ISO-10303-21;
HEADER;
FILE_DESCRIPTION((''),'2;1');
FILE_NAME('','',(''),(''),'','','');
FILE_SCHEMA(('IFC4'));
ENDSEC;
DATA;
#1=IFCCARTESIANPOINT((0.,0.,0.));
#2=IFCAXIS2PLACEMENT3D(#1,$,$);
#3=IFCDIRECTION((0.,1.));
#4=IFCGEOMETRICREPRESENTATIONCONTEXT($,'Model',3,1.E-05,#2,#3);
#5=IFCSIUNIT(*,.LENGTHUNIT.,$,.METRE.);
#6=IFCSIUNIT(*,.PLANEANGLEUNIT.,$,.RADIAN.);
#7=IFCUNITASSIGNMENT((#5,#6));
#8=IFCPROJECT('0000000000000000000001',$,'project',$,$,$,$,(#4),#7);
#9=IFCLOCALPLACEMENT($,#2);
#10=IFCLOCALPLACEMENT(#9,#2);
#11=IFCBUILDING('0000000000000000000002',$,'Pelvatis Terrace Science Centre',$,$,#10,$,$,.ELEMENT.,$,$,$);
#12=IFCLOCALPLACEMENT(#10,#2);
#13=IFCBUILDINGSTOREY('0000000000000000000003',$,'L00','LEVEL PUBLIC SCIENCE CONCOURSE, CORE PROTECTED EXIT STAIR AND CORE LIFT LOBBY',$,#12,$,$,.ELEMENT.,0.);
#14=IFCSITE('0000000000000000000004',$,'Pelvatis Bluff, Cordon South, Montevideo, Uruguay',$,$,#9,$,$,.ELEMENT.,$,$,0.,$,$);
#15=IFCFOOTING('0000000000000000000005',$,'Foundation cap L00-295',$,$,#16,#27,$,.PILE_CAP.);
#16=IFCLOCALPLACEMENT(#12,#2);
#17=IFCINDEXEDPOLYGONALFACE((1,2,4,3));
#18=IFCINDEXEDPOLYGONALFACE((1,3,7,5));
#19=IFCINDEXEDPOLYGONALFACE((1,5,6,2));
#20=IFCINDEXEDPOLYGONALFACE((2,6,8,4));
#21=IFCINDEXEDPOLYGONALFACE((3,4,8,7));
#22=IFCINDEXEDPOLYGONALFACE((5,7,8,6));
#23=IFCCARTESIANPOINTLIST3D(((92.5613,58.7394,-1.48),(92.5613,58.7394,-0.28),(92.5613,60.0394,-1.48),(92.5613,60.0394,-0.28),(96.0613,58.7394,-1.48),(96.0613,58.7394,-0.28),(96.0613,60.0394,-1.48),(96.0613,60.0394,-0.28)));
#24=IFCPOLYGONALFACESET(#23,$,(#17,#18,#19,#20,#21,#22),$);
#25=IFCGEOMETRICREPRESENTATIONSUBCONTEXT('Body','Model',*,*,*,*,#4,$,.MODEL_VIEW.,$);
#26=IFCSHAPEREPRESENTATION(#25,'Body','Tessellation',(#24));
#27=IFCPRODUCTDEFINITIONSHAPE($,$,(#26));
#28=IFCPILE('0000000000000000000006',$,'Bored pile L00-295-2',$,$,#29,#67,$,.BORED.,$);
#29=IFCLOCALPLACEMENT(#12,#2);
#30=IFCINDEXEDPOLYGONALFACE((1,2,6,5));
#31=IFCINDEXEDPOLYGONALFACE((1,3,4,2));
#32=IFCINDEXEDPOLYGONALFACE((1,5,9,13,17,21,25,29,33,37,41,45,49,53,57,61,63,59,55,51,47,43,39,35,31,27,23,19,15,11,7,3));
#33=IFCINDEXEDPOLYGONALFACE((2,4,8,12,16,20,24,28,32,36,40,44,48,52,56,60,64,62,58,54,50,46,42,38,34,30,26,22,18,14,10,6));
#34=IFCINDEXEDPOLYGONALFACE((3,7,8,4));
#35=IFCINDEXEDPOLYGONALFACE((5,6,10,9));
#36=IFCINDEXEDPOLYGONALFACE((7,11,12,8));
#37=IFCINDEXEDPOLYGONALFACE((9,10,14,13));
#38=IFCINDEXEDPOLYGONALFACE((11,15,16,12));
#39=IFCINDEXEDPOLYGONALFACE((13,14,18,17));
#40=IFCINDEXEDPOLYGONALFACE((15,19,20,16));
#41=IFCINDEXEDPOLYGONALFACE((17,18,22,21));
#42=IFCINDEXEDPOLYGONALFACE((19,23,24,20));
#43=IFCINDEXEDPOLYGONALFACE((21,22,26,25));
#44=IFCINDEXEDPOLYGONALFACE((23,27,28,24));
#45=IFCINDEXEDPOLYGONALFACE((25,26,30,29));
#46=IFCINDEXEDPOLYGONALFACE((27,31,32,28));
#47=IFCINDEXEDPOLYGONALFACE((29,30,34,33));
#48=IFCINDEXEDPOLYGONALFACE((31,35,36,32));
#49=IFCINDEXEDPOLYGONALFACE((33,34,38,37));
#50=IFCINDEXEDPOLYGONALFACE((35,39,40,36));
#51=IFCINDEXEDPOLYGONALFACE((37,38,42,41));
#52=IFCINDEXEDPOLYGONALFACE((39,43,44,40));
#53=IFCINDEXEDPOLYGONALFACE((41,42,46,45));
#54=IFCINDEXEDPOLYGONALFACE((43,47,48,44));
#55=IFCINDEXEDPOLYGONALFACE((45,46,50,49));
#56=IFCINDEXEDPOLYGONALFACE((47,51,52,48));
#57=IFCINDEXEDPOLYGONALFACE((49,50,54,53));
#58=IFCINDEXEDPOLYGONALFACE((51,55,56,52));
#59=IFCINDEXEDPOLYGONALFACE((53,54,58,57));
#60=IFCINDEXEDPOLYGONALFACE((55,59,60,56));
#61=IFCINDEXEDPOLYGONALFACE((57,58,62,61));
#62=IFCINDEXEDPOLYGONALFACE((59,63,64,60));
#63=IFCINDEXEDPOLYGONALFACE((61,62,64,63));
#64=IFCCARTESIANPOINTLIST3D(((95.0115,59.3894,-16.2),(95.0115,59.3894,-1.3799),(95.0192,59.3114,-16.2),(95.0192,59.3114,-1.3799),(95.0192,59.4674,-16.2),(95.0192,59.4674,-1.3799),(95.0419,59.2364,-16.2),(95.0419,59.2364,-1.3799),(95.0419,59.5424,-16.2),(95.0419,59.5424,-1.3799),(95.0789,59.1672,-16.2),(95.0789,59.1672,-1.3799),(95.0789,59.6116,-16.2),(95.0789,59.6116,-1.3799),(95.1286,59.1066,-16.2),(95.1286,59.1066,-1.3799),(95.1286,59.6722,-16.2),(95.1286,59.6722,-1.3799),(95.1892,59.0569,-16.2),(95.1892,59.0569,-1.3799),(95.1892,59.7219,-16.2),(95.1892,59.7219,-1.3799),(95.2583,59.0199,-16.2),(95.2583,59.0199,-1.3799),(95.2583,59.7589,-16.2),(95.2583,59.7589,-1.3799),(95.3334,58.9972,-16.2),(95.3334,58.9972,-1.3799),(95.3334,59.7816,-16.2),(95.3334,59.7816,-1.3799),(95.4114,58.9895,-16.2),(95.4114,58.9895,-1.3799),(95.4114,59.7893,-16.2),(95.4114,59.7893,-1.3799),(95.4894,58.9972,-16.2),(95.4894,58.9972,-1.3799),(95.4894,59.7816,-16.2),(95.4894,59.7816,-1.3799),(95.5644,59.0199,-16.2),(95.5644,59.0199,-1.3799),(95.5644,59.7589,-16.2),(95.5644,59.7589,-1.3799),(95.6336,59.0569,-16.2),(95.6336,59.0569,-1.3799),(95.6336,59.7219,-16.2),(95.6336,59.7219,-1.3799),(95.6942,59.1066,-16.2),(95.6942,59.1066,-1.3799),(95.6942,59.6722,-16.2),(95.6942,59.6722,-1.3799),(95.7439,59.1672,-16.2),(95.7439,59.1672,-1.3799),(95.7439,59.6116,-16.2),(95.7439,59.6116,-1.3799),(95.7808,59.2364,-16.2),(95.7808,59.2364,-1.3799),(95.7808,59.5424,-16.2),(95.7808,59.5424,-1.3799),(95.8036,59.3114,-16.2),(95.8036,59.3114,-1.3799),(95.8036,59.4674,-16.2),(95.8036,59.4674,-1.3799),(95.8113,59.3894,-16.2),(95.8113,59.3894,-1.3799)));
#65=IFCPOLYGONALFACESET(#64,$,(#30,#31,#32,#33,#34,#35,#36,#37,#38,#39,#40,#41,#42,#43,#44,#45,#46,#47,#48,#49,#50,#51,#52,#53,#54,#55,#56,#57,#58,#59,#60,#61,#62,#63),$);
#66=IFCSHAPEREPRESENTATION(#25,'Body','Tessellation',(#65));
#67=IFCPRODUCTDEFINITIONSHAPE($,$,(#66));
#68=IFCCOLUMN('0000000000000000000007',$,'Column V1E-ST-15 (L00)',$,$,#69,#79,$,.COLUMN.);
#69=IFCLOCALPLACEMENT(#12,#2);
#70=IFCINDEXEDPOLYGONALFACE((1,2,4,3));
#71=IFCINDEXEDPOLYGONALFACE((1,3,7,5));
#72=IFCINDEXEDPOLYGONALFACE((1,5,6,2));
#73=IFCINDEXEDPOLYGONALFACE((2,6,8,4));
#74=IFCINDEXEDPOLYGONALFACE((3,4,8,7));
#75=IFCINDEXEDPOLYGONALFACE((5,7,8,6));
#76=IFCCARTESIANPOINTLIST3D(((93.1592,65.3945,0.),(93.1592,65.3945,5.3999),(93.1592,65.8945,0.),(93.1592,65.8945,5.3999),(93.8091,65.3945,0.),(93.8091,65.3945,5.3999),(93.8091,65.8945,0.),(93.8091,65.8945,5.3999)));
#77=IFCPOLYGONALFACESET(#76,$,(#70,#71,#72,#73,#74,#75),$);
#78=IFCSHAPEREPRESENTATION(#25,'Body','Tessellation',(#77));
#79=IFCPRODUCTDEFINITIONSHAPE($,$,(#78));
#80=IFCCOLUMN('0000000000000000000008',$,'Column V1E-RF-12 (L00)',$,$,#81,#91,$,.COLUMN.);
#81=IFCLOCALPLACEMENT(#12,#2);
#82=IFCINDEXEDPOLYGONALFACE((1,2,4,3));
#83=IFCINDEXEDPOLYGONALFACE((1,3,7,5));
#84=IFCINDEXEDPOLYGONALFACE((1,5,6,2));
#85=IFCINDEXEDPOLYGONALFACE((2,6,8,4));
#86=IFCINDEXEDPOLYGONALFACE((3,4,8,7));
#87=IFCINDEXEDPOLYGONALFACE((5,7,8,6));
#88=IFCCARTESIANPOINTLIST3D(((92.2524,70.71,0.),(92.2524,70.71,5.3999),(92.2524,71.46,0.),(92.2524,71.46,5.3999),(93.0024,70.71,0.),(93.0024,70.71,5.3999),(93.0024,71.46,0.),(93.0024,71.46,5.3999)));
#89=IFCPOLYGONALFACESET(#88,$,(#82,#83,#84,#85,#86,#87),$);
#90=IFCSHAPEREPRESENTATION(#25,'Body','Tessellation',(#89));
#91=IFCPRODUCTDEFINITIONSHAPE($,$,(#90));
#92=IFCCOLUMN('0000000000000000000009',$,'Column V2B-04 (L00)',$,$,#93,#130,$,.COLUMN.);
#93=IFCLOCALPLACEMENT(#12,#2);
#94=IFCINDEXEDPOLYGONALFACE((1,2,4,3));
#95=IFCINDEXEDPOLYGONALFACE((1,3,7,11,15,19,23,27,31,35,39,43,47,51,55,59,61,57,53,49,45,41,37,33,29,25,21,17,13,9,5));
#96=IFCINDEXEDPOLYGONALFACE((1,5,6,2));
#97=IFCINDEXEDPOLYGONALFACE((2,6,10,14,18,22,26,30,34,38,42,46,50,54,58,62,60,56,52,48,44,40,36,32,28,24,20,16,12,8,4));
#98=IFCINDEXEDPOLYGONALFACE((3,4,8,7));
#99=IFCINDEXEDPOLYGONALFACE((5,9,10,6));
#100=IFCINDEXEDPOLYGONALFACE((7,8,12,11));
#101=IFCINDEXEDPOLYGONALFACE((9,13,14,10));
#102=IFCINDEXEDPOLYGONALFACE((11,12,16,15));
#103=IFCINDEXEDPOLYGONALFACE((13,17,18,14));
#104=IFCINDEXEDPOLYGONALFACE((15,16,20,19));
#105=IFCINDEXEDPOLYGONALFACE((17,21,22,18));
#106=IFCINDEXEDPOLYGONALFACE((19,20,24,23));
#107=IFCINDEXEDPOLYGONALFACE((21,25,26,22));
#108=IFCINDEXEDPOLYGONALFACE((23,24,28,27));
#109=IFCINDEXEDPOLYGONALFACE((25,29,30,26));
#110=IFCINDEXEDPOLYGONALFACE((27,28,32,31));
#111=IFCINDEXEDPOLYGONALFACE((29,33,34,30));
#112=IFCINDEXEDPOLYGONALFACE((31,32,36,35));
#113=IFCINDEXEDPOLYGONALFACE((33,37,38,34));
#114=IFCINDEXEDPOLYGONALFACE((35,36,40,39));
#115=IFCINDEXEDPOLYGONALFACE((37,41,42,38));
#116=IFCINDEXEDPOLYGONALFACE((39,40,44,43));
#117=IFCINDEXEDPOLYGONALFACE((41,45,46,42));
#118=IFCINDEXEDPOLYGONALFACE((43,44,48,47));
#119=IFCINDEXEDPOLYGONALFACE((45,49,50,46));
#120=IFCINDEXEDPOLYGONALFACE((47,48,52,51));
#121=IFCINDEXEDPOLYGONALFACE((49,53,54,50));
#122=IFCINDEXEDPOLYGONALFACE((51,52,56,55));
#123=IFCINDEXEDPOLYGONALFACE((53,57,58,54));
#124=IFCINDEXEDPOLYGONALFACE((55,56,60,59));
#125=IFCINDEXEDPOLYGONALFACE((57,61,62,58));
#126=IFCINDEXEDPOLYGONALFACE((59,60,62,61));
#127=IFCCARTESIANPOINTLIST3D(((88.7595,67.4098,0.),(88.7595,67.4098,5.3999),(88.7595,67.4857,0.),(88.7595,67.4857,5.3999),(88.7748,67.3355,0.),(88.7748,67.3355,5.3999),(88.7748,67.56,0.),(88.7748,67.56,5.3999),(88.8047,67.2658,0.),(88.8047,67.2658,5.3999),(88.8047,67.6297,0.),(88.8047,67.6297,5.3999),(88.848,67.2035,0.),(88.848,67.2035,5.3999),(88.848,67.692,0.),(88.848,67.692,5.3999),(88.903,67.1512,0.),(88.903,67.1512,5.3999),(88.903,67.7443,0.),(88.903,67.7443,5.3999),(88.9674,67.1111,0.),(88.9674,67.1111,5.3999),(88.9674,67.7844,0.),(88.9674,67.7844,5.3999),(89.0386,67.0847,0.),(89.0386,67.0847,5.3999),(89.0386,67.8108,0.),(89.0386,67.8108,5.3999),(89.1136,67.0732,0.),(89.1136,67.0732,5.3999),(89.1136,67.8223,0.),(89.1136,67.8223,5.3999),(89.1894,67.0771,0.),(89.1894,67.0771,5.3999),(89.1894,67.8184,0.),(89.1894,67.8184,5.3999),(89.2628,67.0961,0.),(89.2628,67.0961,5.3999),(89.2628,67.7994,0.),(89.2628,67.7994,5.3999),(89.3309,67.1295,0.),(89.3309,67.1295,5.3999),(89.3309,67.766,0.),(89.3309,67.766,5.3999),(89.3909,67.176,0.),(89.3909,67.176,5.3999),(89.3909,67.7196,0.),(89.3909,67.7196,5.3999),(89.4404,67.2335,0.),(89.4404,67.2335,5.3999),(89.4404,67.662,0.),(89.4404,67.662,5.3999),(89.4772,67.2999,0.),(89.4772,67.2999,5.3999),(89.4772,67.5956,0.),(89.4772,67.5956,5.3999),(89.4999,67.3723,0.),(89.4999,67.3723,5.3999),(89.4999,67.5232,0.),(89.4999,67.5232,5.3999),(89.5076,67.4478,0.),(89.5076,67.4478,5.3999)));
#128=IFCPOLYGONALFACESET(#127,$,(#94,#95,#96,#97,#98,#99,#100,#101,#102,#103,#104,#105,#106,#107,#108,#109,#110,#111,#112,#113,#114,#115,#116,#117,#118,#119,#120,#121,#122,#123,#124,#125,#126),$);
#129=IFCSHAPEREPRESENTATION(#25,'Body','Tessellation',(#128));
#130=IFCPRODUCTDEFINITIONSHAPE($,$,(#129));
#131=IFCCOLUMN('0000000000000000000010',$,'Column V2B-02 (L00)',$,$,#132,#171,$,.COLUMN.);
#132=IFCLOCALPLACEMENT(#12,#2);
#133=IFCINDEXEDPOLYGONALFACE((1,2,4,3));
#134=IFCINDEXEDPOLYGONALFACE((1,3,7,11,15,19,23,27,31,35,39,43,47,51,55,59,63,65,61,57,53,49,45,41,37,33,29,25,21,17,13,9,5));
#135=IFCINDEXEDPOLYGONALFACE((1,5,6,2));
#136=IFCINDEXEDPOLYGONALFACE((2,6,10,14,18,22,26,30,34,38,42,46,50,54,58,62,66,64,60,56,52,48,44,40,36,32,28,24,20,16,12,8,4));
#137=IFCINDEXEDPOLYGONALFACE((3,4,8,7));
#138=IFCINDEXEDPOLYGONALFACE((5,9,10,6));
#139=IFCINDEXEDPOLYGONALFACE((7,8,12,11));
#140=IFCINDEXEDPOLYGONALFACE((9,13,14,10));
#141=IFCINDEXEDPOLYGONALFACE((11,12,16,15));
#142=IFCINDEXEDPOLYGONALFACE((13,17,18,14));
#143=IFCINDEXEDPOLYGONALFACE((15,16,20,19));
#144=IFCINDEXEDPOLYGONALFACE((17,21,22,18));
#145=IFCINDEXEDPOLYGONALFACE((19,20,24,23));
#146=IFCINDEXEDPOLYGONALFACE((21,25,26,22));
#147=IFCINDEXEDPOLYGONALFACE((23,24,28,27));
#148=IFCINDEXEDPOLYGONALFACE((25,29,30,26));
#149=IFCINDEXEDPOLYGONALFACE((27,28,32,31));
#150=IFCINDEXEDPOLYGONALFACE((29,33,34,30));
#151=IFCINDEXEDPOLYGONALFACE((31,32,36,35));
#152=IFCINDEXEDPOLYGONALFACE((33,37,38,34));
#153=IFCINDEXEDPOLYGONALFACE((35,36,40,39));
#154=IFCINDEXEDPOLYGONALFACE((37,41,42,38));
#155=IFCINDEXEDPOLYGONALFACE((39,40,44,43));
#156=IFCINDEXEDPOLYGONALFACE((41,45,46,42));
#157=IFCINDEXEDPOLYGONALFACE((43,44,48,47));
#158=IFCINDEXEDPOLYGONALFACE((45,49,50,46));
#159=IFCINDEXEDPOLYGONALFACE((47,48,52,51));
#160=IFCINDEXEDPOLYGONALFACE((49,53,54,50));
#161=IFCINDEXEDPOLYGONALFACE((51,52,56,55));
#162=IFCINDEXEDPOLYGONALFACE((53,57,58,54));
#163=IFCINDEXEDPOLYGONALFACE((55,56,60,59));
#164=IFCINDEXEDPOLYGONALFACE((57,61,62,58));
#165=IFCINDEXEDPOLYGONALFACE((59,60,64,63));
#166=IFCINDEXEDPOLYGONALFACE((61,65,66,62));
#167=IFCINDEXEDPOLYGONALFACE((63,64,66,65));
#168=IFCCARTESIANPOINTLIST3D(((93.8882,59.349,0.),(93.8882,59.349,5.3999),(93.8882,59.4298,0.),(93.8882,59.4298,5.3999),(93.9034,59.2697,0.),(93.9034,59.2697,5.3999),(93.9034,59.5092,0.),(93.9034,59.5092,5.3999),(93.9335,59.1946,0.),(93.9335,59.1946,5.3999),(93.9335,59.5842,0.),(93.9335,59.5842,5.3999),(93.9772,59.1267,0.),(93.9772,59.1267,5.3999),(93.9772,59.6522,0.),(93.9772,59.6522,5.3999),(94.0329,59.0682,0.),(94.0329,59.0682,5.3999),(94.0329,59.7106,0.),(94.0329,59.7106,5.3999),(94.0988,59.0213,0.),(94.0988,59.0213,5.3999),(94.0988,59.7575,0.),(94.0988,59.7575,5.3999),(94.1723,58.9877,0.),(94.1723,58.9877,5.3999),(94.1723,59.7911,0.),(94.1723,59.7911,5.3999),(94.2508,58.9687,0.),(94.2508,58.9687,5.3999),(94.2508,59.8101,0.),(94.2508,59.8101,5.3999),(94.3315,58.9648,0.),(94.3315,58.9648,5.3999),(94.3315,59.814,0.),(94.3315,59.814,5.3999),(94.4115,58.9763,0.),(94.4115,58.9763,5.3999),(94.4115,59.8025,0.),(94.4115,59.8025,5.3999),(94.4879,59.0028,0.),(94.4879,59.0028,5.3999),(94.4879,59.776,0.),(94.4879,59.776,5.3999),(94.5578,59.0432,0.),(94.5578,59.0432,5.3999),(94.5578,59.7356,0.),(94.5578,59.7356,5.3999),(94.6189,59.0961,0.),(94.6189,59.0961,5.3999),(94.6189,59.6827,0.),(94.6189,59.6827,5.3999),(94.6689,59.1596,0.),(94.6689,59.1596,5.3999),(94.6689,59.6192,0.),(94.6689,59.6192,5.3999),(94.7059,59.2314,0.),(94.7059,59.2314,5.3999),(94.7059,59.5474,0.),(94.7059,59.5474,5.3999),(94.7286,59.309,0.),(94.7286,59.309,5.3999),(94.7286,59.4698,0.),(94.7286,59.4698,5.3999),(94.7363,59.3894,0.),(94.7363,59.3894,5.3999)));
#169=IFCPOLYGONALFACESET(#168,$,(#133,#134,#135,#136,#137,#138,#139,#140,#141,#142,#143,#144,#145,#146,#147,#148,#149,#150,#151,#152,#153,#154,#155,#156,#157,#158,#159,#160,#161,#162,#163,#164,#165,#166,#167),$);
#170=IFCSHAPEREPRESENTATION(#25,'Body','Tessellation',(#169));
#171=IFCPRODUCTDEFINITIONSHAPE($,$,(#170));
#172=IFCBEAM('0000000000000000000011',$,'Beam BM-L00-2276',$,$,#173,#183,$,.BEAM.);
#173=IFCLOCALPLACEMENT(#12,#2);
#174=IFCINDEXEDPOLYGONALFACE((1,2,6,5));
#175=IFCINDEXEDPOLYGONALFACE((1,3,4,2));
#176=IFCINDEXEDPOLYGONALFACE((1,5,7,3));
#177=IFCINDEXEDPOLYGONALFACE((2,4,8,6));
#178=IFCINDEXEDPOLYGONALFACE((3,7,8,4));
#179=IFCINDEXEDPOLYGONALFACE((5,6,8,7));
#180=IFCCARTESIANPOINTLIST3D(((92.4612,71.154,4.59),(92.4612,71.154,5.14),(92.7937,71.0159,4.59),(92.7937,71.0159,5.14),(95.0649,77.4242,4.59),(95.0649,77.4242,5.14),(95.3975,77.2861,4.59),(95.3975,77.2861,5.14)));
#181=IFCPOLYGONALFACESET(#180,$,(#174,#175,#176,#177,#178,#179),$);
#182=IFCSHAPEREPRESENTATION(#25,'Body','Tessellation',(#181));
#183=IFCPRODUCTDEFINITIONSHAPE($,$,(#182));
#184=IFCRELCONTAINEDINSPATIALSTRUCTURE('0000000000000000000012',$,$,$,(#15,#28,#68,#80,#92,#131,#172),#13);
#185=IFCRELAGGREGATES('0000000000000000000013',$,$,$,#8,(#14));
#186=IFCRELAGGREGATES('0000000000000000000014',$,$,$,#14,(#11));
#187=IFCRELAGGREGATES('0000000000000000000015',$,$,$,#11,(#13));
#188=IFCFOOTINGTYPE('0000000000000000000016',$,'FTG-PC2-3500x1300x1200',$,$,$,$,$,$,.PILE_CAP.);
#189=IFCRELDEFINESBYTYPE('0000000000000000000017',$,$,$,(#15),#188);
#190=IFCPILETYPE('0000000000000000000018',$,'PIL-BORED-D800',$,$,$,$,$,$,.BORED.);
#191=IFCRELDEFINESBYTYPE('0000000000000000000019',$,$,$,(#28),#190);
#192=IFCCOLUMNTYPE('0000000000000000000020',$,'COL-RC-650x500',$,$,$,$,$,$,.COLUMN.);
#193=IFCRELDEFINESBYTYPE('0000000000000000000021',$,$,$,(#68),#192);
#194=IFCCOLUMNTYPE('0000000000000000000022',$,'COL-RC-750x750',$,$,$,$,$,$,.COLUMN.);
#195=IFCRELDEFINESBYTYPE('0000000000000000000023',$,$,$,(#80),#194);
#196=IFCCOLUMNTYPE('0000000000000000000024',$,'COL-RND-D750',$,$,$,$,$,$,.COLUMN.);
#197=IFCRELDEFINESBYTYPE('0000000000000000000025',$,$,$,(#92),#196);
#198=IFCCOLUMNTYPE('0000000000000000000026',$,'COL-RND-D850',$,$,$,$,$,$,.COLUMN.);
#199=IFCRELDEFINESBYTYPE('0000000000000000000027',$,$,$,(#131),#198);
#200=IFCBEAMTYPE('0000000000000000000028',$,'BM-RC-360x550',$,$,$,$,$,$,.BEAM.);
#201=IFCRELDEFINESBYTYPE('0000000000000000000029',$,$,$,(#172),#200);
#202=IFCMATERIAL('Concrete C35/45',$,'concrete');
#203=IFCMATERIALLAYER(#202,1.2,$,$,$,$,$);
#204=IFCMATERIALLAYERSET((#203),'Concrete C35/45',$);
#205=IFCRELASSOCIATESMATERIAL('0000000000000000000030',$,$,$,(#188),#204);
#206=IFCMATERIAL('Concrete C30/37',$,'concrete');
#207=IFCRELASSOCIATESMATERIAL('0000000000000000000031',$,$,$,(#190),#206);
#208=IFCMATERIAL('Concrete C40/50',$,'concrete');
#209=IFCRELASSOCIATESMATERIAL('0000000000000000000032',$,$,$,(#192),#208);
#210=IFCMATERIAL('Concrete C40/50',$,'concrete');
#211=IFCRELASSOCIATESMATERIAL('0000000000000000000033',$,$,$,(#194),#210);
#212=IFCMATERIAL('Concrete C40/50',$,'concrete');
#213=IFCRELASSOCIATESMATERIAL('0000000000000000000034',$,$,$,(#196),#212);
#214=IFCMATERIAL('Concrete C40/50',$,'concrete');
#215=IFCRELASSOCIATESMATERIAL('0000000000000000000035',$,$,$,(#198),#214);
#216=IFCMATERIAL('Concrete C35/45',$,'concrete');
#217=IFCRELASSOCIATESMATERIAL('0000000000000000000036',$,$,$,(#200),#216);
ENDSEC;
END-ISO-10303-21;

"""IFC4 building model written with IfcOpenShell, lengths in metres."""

from ifc_helpers import new_model, si_unit, direction, frame, origin, origin_2d, place, context, subcontext, project, spatial, rectangle, circle, extrude, material, layer, layer_set, material_profile, profile_set, type_object, element, save


model = new_model("IFC4")

# Units and contexts
model_context = context("Model", 3, precision=1e-05, world=origin(), true_north=direction((0.0, 1.0)))
body_context = subcontext(model_context, "Body", "Model", "MODEL_VIEW")
ifc_project = project(units=[si_unit("LENGTHUNIT", "METRE"), si_unit("PLANEANGLEUNIT", "RADIAN")], contexts=[model_context])

# Site, building, storey
site_placement = place(None, origin())
site = spatial("IfcSite", under=ifc_project, at=site_placement, Name="Pelvatis Bluff, Cordon South, Montevideo, Uruguay", CompositionType="ELEMENT", RefElevation=0.0)
building_placement = place(site_placement, origin())
building = spatial("IfcBuilding", under=site, at=building_placement, Name="Pelvatis Terrace Science Centre", CompositionType="ELEMENT")
storey_placement = place(building_placement, origin())
storey = spatial("IfcBuildingStorey", under=building, at=storey_placement, Name="L00", Description="LEVEL PUBLIC SCIENCE CONCOURSE, CORE PROTECTED EXIT STAIR AND CORE LIFT LOBBY", CompositionType="ELEMENT", Elevation=0.0)

# Footing
ifc_material_1 = material(Name="Concrete C35/45", Category="concrete")
ifc_layer_1 = layer(ifc_material_1, 1.2)
ifc_layer_set_1 = layer_set([ifc_layer_1], Name="Concrete C35/45")
footing_type = type_object("IfcFootingType", Name="FTG-PC2-3500x1300x1200", PredefinedType="PILE_CAP", material=ifc_layer_set_1)
footing_placement = place(storey_placement, frame((94.3113, 59.3894, -1.48), z_axis=(0.0, 0.0, 1.0), x_axis=(1.0, 0.0, 0.0)))
element("IfcFooting", 1, at=footing_placement, inside=storey, type_object=footing_type, Name="Foundation cap L00-295", PredefinedType="PILE_CAP", context=body_context, shape_type="SweptSolid", body=[
    extrude(rectangle(XDim=3.5, YDim=1.3, at=origin_2d()), origin(), (0.0, 0.0, 1.0), 1.2),
])

# Pile
ifc_material_2 = material(Name="Concrete C30/37", Category="concrete")
ifc_material_profile_1 = material_profile(ifc_material_2, circle(Radius=0.3999, at=origin_2d()), Name="PILE D800")
ifc_profile_set_1 = profile_set([ifc_material_profile_1], Name="Concrete C30/37")
pile_type = type_object("IfcPileType", Name="PIL-BORED-D800", PredefinedType="BORED", material=ifc_profile_set_1)
pile_placement = place(storey_placement, frame((95.4114, 59.3894, -1.3799), z_axis=(0.0, 0.0, -1.0), x_axis=(1.0, 0.0, 0.0)))
element("IfcPile", 2, at=pile_placement, inside=storey, type_object=pile_type, Name="Bored pile L00-295-2", PredefinedType="BORED", context=body_context, shape_type="SweptSolid", body=[
    extrude(circle(Radius=0.3999, at=origin_2d()), origin(), (0.0, 0.0, 1.0), 14.8201),
])

# Columns
ifc_material_3 = material(Name="Concrete C40/50", Category="concrete")
ifc_material_profile_2 = material_profile(ifc_material_3, rectangle(XDim=0.6499, YDim=0.5, at=origin_2d()), Name="RC-COL 650x500")
ifc_profile_set_2 = profile_set([ifc_material_profile_2], Name="Concrete C40/50")
column_type_1 = type_object("IfcColumnType", Name="COL-RC-650x500", PredefinedType="COLUMN", material=ifc_profile_set_2)
column_1_placement = place(storey_placement, frame((93.4841, 65.6445, 0.0), z_axis=(0.0, 0.0, 1.0), x_axis=(1.0, 0.0, 0.0)))
element("IfcColumn", 3, at=column_1_placement, inside=storey, type_object=column_type_1, Name="Column V1E-ST-15 (L00)", PredefinedType="COLUMN", context=body_context, shape_type="SweptSolid", body=[
    extrude(rectangle(XDim=0.6499, YDim=0.5, at=origin_2d()), origin(), (0.0, 0.0, 1.0), 5.3999),
])
ifc_material_4 = material(Name="Concrete C40/50", Category="concrete")
ifc_material_profile_3 = material_profile(ifc_material_4, rectangle(XDim=0.75, YDim=0.75, at=origin_2d()), Name="RC-COL 750x750")
ifc_profile_set_3 = profile_set([ifc_material_profile_3], Name="Concrete C40/50")
column_type_2 = type_object("IfcColumnType", Name="COL-RC-750x750", PredefinedType="COLUMN", material=ifc_profile_set_3)
column_2_placement = place(storey_placement, frame((92.6274, 71.085, 0.0), z_axis=(0.0, 0.0, 1.0), x_axis=(1.0, 0.0, 0.0)))
element("IfcColumn", 4, at=column_2_placement, inside=storey, type_object=column_type_2, Name="Column V1E-RF-12 (L00)", PredefinedType="COLUMN", context=body_context, shape_type="SweptSolid", body=[
    extrude(rectangle(XDim=0.75, YDim=0.75, at=origin_2d()), origin(), (0.0, 0.0, 1.0), 5.3999),
])
ifc_material_5 = material(Name="Concrete C40/50", Category="concrete")
ifc_material_profile_4 = material_profile(ifc_material_5, circle(Radius=0.375, at=origin_2d()), Name="RC-RCOL D750")
ifc_profile_set_4 = profile_set([ifc_material_profile_4], Name="Concrete C40/50")
column_type_3 = type_object("IfcColumnType", Name="COL-RND-D750", PredefinedType="COLUMN", material=ifc_profile_set_4)
column_3_placement = place(storey_placement, frame((89.1326, 67.4478, 0.0), z_axis=(0.0, 0.0, 1.0), x_axis=(1.0, 0.0, 0.0)))
element("IfcColumn", 5, at=column_3_placement, inside=storey, type_object=column_type_3, Name="Column V2B-04 (L00)", PredefinedType="COLUMN", context=body_context, shape_type="SweptSolid", body=[
    extrude(circle(Radius=0.375, at=origin_2d()), origin(), (0.0, 0.0, 1.0), 5.3999),
])
ifc_material_6 = material(Name="Concrete C40/50", Category="concrete")
ifc_material_profile_5 = material_profile(ifc_material_6, circle(Radius=0.425, at=origin_2d()), Name="RC-RCOL D850")
ifc_profile_set_5 = profile_set([ifc_material_profile_5], Name="Concrete C40/50")
column_type_4 = type_object("IfcColumnType", Name="COL-RND-D850", PredefinedType="COLUMN", material=ifc_profile_set_5)
column_4_placement = place(storey_placement, frame((94.3113, 59.3894, 0.0), z_axis=(0.0, 0.0, 1.0), x_axis=(1.0, 0.0, 0.0)))
element("IfcColumn", 6, at=column_4_placement, inside=storey, type_object=column_type_4, Name="Column V2B-02 (L00)", PredefinedType="COLUMN", context=body_context, shape_type="SweptSolid", body=[
    extrude(circle(Radius=0.425, at=origin_2d()), origin(), (0.0, 0.0, 1.0), 5.3999),
])

# Beam
ifc_material_7 = material(Name="Concrete C35/45", Category="concrete")
ifc_material_profile_6 = material_profile(ifc_material_7, rectangle(XDim=0.3601, YDim=0.55, at=origin_2d()), Name="RC-BM 360x550")
ifc_profile_set_6 = profile_set([ifc_material_profile_6], Name="Concrete C35/45")
beam_type_1 = type_object("IfcBeamType", Name="BM-RC-360x550", PredefinedType="BEAM", material=ifc_profile_set_6)
beam_1_placement = place(storey_placement, frame((92.6274, 71.085, 4.865), z_axis=(0.383504, 0.923539, 0.0), x_axis=(-0.923539, 0.383504, 0.0)))
element("IfcBeam", 7, at=beam_1_placement, inside=storey, type_object=beam_type_1, Name="Beam BM-L00-2276", PredefinedType="BEAM", context=body_context, shape_type="SweptSolid", body=[
    extrude(rectangle(XDim=0.3601, YDim=0.55, at=origin_2d()), origin(), (0.0, 0.0, 1.0), 6.7893),
])

save(model, "model.ifc")
